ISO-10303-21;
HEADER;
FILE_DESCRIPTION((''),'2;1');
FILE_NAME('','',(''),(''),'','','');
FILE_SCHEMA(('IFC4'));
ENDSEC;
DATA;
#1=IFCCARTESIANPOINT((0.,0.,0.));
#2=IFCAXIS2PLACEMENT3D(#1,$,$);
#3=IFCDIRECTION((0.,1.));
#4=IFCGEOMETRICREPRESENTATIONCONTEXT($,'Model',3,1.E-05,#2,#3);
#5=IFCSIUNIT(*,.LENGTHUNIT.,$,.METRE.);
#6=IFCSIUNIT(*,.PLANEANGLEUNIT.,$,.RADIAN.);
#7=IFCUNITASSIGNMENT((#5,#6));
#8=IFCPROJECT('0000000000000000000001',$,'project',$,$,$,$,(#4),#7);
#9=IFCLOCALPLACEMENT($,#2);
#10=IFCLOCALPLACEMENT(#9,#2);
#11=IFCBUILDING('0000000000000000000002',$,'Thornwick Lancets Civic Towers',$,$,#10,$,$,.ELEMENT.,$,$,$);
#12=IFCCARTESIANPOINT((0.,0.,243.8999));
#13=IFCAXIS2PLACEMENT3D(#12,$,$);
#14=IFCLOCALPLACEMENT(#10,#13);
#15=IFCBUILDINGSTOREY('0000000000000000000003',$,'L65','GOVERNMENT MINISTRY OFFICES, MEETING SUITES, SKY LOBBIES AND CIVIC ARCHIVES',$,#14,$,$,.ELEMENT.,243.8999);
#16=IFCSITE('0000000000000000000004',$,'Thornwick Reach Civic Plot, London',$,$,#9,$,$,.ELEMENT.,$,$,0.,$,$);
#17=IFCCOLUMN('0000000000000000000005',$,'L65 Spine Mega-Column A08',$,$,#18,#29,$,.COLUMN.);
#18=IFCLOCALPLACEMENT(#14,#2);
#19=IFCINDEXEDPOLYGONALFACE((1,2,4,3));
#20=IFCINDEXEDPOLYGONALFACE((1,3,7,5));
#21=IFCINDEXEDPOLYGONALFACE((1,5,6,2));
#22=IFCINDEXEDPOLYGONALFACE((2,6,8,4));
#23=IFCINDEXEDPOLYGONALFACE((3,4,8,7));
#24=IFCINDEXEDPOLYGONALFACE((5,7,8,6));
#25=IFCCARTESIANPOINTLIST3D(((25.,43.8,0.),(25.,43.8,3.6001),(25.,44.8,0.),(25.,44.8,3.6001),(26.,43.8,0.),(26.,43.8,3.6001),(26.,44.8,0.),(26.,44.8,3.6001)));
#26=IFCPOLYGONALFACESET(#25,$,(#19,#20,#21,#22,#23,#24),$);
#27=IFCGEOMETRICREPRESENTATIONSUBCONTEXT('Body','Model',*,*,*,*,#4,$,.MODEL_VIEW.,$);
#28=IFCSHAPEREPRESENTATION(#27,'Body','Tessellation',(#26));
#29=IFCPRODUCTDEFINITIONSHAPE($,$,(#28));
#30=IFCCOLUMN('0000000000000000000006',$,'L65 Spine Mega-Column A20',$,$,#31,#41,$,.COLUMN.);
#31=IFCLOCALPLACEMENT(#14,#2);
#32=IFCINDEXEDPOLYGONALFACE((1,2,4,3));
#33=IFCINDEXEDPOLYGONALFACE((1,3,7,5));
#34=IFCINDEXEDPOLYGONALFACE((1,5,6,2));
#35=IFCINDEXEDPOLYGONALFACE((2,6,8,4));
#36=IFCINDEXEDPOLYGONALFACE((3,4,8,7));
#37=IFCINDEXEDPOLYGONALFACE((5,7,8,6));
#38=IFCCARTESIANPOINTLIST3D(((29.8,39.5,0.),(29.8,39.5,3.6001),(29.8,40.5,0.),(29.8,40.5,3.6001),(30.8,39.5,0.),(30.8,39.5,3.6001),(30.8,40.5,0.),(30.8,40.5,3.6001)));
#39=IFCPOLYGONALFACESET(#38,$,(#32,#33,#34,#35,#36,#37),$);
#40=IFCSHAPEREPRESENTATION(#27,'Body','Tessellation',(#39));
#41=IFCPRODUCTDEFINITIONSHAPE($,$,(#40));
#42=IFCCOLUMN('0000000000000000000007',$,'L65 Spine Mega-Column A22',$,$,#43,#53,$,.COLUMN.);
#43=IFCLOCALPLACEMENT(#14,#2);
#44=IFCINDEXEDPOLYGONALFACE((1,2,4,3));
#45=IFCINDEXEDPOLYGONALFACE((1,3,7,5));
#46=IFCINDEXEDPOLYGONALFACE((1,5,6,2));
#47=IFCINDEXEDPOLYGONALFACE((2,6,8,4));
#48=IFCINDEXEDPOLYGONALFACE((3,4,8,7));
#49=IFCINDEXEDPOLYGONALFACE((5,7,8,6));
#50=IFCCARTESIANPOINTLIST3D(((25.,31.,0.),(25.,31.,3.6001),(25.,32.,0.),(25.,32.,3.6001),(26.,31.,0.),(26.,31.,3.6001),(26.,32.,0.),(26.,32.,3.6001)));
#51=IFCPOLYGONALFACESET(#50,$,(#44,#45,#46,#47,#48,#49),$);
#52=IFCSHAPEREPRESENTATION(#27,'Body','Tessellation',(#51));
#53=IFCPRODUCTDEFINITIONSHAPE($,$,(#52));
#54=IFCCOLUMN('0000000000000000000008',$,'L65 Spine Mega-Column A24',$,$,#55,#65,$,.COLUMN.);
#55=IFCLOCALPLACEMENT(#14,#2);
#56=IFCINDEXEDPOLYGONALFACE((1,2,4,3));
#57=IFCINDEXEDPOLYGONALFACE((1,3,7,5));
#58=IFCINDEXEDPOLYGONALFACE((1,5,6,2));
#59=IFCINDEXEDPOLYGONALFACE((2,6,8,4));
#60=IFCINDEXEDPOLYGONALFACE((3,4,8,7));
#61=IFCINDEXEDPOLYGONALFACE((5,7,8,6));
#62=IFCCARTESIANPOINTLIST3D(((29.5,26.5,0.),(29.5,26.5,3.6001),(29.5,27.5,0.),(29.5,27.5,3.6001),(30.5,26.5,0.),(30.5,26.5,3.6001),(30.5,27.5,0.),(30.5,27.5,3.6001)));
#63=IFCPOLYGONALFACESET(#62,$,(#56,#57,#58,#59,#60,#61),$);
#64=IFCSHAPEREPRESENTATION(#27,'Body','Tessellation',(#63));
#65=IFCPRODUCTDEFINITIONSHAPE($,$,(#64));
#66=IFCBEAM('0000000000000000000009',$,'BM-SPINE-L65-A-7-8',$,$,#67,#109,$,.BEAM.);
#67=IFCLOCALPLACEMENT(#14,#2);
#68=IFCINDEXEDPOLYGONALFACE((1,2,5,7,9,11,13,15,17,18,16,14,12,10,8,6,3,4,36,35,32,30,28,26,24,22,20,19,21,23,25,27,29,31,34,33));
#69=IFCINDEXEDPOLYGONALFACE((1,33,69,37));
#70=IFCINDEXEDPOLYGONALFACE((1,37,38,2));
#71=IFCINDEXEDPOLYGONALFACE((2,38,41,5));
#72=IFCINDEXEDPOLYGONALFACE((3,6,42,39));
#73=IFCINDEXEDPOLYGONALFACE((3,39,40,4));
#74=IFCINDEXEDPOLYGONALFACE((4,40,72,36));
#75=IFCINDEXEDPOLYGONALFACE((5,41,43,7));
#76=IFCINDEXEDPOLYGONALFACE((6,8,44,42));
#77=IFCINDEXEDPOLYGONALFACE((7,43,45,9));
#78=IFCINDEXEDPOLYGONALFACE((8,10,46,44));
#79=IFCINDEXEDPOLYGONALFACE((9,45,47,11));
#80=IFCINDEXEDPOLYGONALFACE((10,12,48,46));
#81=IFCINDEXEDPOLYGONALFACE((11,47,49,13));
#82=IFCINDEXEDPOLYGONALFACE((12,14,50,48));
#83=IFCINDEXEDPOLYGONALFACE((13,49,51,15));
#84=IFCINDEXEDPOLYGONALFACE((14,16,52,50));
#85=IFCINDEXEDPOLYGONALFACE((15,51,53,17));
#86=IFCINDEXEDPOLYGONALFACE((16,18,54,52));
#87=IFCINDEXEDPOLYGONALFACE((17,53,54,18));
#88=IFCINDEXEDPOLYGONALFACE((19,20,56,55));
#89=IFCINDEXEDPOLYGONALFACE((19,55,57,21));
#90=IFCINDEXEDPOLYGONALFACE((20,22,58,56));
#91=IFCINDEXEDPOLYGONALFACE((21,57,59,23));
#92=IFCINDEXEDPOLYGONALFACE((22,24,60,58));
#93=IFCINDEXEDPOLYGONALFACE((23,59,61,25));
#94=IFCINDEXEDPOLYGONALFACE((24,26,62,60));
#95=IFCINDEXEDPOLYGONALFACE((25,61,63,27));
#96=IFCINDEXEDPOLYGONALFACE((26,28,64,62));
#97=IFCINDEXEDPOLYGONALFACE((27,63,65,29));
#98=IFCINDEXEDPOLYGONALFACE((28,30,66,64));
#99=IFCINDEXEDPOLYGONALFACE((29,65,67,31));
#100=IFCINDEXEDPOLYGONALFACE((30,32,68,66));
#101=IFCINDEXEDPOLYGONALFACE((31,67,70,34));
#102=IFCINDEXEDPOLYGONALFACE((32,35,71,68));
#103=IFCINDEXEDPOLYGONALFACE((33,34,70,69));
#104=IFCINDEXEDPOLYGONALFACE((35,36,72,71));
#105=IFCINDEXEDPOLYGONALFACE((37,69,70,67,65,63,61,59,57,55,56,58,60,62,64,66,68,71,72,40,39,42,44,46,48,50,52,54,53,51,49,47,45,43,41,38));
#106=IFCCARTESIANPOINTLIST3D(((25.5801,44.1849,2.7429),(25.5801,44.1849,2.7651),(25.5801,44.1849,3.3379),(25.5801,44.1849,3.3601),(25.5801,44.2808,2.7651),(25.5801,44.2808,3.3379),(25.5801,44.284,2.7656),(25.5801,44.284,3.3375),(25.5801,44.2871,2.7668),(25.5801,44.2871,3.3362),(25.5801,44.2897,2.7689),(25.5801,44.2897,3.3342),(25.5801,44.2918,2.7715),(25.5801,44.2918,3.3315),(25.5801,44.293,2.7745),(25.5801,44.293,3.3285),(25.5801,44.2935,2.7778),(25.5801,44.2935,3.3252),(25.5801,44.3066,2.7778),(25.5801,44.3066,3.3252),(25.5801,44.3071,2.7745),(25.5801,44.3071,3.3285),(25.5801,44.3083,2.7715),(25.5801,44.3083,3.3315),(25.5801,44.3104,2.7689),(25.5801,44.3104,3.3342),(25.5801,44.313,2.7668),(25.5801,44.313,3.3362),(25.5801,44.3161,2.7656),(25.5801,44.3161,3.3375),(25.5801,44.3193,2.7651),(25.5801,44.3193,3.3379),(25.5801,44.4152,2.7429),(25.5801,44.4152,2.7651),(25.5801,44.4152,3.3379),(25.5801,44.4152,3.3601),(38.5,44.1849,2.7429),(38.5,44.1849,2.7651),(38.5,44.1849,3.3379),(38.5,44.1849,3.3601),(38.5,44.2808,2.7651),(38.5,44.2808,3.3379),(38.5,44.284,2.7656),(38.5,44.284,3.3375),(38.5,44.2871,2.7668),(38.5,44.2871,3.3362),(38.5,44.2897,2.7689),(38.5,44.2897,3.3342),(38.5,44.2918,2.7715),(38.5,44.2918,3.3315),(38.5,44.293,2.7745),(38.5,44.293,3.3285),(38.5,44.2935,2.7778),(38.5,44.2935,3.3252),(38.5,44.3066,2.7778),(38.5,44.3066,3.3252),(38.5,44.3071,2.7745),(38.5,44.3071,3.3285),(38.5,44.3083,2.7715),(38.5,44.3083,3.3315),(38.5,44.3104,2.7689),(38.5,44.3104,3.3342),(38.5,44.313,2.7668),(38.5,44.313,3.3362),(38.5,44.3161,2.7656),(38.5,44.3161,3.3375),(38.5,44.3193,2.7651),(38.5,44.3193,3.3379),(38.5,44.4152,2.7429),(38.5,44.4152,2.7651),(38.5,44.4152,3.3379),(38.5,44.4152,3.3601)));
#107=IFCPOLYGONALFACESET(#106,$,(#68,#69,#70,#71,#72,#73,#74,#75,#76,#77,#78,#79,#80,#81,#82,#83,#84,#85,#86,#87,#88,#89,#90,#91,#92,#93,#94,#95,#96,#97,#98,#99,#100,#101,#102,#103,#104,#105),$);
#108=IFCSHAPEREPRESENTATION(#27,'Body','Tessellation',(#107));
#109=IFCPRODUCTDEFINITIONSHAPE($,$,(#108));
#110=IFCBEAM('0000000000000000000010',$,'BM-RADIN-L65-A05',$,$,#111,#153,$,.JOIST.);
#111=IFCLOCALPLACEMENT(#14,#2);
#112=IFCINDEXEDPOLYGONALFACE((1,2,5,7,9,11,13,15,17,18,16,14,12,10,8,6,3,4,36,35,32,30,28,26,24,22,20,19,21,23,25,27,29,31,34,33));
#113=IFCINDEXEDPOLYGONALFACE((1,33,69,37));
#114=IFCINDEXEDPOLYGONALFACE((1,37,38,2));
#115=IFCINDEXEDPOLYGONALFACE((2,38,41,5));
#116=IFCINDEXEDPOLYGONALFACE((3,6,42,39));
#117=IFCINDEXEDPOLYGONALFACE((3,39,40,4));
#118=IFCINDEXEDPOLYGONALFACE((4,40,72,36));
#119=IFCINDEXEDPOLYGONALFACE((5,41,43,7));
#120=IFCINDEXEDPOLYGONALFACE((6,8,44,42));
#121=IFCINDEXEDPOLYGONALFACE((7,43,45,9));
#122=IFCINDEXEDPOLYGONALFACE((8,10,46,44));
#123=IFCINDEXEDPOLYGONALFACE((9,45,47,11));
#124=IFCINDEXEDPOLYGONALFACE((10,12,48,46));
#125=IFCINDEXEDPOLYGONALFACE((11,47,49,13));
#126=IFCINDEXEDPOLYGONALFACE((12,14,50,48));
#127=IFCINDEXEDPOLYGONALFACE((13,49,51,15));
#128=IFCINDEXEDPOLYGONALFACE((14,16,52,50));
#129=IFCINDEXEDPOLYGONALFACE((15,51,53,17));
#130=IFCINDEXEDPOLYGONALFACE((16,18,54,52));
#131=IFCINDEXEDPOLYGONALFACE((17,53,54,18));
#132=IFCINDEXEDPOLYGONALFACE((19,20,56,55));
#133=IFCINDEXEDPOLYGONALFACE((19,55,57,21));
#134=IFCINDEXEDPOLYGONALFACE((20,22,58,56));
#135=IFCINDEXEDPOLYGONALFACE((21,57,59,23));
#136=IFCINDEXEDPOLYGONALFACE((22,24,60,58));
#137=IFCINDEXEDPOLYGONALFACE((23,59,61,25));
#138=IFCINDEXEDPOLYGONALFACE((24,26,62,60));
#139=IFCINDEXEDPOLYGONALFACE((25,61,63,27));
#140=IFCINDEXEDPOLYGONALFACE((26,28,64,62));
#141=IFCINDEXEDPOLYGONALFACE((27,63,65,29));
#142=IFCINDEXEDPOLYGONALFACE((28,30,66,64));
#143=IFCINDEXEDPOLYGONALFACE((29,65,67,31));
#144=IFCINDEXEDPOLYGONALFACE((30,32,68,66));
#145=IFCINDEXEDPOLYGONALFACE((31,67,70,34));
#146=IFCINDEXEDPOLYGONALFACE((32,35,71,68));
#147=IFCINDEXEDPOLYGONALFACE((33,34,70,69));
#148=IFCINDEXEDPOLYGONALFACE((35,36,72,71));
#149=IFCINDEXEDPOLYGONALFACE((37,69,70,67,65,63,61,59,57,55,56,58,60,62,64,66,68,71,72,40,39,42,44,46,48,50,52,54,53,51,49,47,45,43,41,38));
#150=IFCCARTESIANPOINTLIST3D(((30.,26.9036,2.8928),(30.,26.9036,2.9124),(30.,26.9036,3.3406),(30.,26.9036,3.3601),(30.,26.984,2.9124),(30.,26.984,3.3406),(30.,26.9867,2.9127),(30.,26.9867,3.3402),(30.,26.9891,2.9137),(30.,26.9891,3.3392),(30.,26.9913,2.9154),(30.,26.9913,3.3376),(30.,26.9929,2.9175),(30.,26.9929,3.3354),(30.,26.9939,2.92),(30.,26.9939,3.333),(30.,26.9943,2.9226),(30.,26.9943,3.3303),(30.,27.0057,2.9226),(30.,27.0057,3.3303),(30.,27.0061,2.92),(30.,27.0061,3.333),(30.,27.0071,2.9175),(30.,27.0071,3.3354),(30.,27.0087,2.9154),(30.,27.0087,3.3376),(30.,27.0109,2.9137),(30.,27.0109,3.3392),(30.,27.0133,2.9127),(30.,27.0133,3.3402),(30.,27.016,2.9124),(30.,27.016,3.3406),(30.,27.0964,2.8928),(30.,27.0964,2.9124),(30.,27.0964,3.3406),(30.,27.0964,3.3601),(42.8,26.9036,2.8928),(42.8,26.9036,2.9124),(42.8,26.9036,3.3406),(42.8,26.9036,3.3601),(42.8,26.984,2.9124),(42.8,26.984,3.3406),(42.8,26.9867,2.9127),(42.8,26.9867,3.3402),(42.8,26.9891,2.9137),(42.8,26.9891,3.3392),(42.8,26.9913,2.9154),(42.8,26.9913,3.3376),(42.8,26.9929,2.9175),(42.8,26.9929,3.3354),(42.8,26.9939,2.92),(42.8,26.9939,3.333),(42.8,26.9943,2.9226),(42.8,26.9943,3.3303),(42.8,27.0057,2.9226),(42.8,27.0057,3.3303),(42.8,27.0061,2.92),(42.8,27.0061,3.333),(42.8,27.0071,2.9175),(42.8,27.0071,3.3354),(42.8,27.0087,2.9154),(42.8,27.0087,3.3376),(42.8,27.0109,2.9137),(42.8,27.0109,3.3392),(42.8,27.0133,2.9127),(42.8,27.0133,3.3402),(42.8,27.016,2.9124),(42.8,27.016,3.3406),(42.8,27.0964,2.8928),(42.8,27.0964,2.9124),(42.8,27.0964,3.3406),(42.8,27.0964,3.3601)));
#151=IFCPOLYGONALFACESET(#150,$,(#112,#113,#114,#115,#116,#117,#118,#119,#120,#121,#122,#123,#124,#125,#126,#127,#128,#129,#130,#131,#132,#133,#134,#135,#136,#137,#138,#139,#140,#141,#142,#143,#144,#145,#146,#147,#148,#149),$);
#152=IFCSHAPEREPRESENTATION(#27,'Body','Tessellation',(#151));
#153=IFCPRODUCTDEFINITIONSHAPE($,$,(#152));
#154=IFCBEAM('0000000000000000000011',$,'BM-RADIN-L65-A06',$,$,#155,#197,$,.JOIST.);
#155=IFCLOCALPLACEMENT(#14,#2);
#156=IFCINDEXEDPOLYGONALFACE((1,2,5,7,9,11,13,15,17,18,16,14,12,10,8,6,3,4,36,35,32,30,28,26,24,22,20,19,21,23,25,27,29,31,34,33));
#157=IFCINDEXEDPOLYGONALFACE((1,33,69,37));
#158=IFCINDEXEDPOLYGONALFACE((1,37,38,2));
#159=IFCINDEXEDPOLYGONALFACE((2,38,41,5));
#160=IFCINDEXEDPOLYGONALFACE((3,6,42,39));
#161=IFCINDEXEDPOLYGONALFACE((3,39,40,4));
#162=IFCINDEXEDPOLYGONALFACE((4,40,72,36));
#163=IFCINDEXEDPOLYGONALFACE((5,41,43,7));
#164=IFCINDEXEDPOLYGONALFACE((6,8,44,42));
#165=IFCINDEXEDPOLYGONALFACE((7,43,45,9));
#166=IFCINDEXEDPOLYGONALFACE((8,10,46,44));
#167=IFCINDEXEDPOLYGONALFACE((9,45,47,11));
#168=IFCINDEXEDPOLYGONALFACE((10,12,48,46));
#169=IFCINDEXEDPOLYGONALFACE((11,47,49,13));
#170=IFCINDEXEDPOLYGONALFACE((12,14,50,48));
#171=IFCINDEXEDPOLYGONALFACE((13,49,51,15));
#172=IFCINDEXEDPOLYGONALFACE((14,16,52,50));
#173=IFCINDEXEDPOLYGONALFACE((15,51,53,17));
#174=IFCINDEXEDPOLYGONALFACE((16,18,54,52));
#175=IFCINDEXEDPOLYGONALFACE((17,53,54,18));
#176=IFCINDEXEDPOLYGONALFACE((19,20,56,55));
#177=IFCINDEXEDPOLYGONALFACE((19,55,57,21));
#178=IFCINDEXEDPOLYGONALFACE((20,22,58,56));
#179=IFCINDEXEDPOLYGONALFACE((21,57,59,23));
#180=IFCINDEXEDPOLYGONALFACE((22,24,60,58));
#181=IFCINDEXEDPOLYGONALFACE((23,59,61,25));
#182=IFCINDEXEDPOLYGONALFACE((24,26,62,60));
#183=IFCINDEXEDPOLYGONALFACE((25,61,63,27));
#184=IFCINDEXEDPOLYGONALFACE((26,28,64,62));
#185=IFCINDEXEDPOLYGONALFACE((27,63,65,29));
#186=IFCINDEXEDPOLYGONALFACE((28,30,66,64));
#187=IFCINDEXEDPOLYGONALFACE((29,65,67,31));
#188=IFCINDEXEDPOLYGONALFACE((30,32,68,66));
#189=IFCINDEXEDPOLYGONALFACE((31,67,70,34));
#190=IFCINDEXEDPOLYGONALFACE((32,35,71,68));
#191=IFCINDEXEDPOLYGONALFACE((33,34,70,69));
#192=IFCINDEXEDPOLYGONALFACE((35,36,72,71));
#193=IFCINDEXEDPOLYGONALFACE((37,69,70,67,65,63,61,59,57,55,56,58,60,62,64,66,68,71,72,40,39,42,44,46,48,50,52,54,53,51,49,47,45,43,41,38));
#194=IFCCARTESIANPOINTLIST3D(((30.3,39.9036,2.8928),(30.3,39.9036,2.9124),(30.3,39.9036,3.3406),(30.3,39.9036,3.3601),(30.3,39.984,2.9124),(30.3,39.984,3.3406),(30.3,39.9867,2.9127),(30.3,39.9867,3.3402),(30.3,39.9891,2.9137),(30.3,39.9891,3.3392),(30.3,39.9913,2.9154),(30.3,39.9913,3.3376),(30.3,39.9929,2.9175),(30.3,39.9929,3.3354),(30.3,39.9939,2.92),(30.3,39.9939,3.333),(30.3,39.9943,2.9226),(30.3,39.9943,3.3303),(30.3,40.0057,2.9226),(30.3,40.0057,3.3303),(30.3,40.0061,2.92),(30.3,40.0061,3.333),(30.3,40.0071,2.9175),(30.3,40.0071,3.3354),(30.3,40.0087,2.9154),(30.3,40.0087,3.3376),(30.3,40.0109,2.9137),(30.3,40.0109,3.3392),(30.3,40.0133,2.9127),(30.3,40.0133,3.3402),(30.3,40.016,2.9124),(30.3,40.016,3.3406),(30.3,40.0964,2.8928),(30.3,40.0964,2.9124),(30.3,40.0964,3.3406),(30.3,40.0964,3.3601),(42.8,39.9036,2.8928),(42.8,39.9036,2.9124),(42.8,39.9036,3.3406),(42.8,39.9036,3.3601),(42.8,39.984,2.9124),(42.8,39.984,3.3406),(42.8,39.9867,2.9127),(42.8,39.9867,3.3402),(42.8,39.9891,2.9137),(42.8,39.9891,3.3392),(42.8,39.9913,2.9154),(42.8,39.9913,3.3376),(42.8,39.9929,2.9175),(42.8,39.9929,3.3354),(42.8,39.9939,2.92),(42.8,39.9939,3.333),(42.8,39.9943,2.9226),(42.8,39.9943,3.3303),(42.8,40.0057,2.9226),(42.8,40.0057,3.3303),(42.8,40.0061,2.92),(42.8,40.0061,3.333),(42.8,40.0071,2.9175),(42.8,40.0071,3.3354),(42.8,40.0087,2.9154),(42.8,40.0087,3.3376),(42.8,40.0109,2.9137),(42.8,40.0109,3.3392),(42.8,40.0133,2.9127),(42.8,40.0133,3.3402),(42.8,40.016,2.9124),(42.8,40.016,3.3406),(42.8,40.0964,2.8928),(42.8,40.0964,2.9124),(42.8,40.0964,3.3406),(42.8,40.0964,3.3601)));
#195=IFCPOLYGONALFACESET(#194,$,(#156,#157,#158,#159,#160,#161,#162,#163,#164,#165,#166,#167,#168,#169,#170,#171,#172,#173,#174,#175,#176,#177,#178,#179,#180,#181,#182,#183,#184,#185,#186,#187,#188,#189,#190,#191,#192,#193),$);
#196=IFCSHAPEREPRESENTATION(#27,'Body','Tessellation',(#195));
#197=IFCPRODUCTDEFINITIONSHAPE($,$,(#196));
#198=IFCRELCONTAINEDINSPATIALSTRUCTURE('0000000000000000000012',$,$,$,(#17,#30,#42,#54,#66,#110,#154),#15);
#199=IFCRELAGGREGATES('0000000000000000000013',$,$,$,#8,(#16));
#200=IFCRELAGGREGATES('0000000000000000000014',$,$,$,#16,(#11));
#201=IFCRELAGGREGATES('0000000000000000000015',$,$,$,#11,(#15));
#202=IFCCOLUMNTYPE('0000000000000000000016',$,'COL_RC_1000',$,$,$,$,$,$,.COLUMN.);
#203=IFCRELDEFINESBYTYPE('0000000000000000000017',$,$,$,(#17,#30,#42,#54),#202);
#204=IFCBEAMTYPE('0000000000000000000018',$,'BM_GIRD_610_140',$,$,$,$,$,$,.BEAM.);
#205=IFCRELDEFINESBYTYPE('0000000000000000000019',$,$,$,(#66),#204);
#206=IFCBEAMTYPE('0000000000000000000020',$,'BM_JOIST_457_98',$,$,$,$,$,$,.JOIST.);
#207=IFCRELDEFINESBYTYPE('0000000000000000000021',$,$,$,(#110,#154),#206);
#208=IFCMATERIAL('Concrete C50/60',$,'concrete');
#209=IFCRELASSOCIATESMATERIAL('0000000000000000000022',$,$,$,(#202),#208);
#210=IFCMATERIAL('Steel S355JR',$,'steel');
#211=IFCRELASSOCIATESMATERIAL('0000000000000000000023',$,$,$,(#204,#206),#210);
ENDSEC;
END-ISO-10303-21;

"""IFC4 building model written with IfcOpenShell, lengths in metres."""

from ifc_helpers import new_model, si_unit, direction, frame, origin, origin_2d, place, context, subcontext, project, spatial, rectangle, i_section, extrude, material, material_profile, profile_set, type_object, element, save


model = new_model("IFC4")

# Units and contexts
model_context = context("Model", 3, precision=1e-05, world=origin(), true_north=direction((0.0, 1.0)))
body_context = subcontext(model_context, "Body", "Model", "MODEL_VIEW")
ifc_project = project(units=[si_unit("LENGTHUNIT", "METRE"), si_unit("PLANEANGLEUNIT", "RADIAN")], contexts=[model_context])

# Site, building, storey
site_placement = place(None, origin())
site = spatial("IfcSite", under=ifc_project, at=site_placement, Name="Thornwick Reach Civic Plot, London", CompositionType="ELEMENT", RefElevation=0.0)
building_placement = place(site_placement, origin())
building = spatial("IfcBuilding", under=site, at=building_placement, Name="Thornwick Lancets Civic Towers", CompositionType="ELEMENT")
storey_placement = place(building_placement, frame((0.0, 0.0, 243.8999)))
storey = spatial("IfcBuildingStorey", under=building, at=storey_placement, Name="L65", Description="GOVERNMENT MINISTRY OFFICES, MEETING SUITES, SKY LOBBIES AND CIVIC ARCHIVES", CompositionType="ELEMENT", Elevation=243.8999)

# Columns
ifc_material_1 = material(Name="Concrete C50/60", Category="concrete")
ifc_material_profile_1 = material_profile(ifc_material_1, rectangle(XDim=1.0, YDim=1.0, at=origin_2d()), Name="RC 1000x1000")
ifc_profile_set_1 = profile_set([ifc_material_profile_1], Name="Concrete C50/60")
column_type = type_object("IfcColumnType", Name="COL_RC_1000", PredefinedType="COLUMN", material=ifc_profile_set_1)
for number, where, z_axis, x_axis, name in (
    (1, (25.5, 44.3, 0.0), (0.0, 0.0, 1.0), (1.0, 0.0, 0.0), "L65 Spine Mega-Column A08"),
    (2, (30.3, 40.0, 0.0), (0.0, 0.0, 1.0), (1.0, 0.0, 0.0), "L65 Spine Mega-Column A20"),
    (3, (25.5, 31.5, 0.0), (0.0, 0.0, 1.0), (1.0, 0.0, 0.0), "L65 Spine Mega-Column A22"),
    (4, (30.0, 27.0, 0.0), (0.0, 0.0, 1.0), (1.0, 0.0, 0.0), "L65 Spine Mega-Column A24"),
):
    element("IfcColumn", number, at=place(storey_placement, frame(where, z_axis=z_axis, x_axis=x_axis)), inside=storey, type_object=column_type, Name=name, PredefinedType="COLUMN", context=body_context, shape_type="SweptSolid", body=[
        extrude(rectangle(XDim=1.0, YDim=1.0, at=origin_2d()), origin(), (0.0, 0.0, 1.0), 3.6001),
    ])

# Beams
ifc_material_2 = material(Name="Steel S355JR", Category="steel")
ifc_material_profile_2 = material_profile(ifc_material_2, i_section(OverallWidth=0.2302, OverallDepth=0.6172, WebThickness=0.0132, FlangeThickness=0.0222, FilletRadius=0.0127, at=origin_2d()), Name="UKB 610x229x140")
ifc_profile_set_2 = profile_set([ifc_material_profile_2], Name="Steel S355JR")
beam_type_1 = type_object("IfcBeamType", Name="BM_GIRD_610_140", PredefinedType="BEAM", material=ifc_profile_set_2)
beam_1_placement = place(storey_placement, frame((25.5801, 44.3, 3.0515), z_axis=(1.0, 0.0, 0.0), x_axis=(0.0, 1.0, 0.0)))
element("IfcBeam", 5, at=beam_1_placement, inside=storey, type_object=beam_type_1, Name="BM-SPINE-L65-A-7-8", PredefinedType="BEAM", context=body_context, shape_type="SweptSolid", body=[
    extrude(i_section(OverallWidth=0.2302, OverallDepth=0.6172, WebThickness=0.0132, FlangeThickness=0.0222, FilletRadius=0.0127, at=origin_2d()), origin(), (0.0, 0.0, 1.0), 12.9199),
])
ifc_material_profile_3 = material_profile(ifc_material_2, i_section(OverallWidth=0.1929, OverallDepth=0.4673, WebThickness=0.0115, FlangeThickness=0.0195, FilletRadius=0.0103, at=origin_2d()), Name="UKB 457x191x98")
ifc_profile_set_3 = profile_set([ifc_material_profile_3], Name="Steel S355JR")
beam_type_2 = type_object("IfcBeamType", Name="BM_JOIST_457_98", PredefinedType="JOIST", material=ifc_profile_set_3)
beam_2_placement = place(storey_placement, frame((30.0, 27.0, 3.1265), z_axis=(1.0, 0.0, 0.0), x_axis=(0.0, 1.0, 0.0)))
element("IfcBeam", 6, at=beam_2_placement, inside=storey, type_object=beam_type_2, Name="BM-RADIN-L65-A05", PredefinedType="JOIST", context=body_context, shape_type="SweptSolid", body=[
    extrude(i_section(OverallWidth=0.1929, OverallDepth=0.4673, WebThickness=0.0115, FlangeThickness=0.0195, FilletRadius=0.0103, at=origin_2d()), origin(), (0.0, 0.0, 1.0), 12.8),
])
beam_3_placement = place(storey_placement, frame((30.3, 40.0, 3.1265), z_axis=(1.0, 0.0, 0.0), x_axis=(0.0, 1.0, 0.0)))
element("IfcBeam", 7, at=beam_3_placement, inside=storey, type_object=beam_type_2, Name="BM-RADIN-L65-A06", PredefinedType="JOIST", context=body_context, shape_type="SweptSolid", body=[
    extrude(i_section(OverallWidth=0.1929, OverallDepth=0.4673, WebThickness=0.0115, FlangeThickness=0.0195, FilletRadius=0.0103, at=origin_2d()), origin(), (0.0, 0.0, 1.0), 12.5),
])

save(model, "model.ifc")
